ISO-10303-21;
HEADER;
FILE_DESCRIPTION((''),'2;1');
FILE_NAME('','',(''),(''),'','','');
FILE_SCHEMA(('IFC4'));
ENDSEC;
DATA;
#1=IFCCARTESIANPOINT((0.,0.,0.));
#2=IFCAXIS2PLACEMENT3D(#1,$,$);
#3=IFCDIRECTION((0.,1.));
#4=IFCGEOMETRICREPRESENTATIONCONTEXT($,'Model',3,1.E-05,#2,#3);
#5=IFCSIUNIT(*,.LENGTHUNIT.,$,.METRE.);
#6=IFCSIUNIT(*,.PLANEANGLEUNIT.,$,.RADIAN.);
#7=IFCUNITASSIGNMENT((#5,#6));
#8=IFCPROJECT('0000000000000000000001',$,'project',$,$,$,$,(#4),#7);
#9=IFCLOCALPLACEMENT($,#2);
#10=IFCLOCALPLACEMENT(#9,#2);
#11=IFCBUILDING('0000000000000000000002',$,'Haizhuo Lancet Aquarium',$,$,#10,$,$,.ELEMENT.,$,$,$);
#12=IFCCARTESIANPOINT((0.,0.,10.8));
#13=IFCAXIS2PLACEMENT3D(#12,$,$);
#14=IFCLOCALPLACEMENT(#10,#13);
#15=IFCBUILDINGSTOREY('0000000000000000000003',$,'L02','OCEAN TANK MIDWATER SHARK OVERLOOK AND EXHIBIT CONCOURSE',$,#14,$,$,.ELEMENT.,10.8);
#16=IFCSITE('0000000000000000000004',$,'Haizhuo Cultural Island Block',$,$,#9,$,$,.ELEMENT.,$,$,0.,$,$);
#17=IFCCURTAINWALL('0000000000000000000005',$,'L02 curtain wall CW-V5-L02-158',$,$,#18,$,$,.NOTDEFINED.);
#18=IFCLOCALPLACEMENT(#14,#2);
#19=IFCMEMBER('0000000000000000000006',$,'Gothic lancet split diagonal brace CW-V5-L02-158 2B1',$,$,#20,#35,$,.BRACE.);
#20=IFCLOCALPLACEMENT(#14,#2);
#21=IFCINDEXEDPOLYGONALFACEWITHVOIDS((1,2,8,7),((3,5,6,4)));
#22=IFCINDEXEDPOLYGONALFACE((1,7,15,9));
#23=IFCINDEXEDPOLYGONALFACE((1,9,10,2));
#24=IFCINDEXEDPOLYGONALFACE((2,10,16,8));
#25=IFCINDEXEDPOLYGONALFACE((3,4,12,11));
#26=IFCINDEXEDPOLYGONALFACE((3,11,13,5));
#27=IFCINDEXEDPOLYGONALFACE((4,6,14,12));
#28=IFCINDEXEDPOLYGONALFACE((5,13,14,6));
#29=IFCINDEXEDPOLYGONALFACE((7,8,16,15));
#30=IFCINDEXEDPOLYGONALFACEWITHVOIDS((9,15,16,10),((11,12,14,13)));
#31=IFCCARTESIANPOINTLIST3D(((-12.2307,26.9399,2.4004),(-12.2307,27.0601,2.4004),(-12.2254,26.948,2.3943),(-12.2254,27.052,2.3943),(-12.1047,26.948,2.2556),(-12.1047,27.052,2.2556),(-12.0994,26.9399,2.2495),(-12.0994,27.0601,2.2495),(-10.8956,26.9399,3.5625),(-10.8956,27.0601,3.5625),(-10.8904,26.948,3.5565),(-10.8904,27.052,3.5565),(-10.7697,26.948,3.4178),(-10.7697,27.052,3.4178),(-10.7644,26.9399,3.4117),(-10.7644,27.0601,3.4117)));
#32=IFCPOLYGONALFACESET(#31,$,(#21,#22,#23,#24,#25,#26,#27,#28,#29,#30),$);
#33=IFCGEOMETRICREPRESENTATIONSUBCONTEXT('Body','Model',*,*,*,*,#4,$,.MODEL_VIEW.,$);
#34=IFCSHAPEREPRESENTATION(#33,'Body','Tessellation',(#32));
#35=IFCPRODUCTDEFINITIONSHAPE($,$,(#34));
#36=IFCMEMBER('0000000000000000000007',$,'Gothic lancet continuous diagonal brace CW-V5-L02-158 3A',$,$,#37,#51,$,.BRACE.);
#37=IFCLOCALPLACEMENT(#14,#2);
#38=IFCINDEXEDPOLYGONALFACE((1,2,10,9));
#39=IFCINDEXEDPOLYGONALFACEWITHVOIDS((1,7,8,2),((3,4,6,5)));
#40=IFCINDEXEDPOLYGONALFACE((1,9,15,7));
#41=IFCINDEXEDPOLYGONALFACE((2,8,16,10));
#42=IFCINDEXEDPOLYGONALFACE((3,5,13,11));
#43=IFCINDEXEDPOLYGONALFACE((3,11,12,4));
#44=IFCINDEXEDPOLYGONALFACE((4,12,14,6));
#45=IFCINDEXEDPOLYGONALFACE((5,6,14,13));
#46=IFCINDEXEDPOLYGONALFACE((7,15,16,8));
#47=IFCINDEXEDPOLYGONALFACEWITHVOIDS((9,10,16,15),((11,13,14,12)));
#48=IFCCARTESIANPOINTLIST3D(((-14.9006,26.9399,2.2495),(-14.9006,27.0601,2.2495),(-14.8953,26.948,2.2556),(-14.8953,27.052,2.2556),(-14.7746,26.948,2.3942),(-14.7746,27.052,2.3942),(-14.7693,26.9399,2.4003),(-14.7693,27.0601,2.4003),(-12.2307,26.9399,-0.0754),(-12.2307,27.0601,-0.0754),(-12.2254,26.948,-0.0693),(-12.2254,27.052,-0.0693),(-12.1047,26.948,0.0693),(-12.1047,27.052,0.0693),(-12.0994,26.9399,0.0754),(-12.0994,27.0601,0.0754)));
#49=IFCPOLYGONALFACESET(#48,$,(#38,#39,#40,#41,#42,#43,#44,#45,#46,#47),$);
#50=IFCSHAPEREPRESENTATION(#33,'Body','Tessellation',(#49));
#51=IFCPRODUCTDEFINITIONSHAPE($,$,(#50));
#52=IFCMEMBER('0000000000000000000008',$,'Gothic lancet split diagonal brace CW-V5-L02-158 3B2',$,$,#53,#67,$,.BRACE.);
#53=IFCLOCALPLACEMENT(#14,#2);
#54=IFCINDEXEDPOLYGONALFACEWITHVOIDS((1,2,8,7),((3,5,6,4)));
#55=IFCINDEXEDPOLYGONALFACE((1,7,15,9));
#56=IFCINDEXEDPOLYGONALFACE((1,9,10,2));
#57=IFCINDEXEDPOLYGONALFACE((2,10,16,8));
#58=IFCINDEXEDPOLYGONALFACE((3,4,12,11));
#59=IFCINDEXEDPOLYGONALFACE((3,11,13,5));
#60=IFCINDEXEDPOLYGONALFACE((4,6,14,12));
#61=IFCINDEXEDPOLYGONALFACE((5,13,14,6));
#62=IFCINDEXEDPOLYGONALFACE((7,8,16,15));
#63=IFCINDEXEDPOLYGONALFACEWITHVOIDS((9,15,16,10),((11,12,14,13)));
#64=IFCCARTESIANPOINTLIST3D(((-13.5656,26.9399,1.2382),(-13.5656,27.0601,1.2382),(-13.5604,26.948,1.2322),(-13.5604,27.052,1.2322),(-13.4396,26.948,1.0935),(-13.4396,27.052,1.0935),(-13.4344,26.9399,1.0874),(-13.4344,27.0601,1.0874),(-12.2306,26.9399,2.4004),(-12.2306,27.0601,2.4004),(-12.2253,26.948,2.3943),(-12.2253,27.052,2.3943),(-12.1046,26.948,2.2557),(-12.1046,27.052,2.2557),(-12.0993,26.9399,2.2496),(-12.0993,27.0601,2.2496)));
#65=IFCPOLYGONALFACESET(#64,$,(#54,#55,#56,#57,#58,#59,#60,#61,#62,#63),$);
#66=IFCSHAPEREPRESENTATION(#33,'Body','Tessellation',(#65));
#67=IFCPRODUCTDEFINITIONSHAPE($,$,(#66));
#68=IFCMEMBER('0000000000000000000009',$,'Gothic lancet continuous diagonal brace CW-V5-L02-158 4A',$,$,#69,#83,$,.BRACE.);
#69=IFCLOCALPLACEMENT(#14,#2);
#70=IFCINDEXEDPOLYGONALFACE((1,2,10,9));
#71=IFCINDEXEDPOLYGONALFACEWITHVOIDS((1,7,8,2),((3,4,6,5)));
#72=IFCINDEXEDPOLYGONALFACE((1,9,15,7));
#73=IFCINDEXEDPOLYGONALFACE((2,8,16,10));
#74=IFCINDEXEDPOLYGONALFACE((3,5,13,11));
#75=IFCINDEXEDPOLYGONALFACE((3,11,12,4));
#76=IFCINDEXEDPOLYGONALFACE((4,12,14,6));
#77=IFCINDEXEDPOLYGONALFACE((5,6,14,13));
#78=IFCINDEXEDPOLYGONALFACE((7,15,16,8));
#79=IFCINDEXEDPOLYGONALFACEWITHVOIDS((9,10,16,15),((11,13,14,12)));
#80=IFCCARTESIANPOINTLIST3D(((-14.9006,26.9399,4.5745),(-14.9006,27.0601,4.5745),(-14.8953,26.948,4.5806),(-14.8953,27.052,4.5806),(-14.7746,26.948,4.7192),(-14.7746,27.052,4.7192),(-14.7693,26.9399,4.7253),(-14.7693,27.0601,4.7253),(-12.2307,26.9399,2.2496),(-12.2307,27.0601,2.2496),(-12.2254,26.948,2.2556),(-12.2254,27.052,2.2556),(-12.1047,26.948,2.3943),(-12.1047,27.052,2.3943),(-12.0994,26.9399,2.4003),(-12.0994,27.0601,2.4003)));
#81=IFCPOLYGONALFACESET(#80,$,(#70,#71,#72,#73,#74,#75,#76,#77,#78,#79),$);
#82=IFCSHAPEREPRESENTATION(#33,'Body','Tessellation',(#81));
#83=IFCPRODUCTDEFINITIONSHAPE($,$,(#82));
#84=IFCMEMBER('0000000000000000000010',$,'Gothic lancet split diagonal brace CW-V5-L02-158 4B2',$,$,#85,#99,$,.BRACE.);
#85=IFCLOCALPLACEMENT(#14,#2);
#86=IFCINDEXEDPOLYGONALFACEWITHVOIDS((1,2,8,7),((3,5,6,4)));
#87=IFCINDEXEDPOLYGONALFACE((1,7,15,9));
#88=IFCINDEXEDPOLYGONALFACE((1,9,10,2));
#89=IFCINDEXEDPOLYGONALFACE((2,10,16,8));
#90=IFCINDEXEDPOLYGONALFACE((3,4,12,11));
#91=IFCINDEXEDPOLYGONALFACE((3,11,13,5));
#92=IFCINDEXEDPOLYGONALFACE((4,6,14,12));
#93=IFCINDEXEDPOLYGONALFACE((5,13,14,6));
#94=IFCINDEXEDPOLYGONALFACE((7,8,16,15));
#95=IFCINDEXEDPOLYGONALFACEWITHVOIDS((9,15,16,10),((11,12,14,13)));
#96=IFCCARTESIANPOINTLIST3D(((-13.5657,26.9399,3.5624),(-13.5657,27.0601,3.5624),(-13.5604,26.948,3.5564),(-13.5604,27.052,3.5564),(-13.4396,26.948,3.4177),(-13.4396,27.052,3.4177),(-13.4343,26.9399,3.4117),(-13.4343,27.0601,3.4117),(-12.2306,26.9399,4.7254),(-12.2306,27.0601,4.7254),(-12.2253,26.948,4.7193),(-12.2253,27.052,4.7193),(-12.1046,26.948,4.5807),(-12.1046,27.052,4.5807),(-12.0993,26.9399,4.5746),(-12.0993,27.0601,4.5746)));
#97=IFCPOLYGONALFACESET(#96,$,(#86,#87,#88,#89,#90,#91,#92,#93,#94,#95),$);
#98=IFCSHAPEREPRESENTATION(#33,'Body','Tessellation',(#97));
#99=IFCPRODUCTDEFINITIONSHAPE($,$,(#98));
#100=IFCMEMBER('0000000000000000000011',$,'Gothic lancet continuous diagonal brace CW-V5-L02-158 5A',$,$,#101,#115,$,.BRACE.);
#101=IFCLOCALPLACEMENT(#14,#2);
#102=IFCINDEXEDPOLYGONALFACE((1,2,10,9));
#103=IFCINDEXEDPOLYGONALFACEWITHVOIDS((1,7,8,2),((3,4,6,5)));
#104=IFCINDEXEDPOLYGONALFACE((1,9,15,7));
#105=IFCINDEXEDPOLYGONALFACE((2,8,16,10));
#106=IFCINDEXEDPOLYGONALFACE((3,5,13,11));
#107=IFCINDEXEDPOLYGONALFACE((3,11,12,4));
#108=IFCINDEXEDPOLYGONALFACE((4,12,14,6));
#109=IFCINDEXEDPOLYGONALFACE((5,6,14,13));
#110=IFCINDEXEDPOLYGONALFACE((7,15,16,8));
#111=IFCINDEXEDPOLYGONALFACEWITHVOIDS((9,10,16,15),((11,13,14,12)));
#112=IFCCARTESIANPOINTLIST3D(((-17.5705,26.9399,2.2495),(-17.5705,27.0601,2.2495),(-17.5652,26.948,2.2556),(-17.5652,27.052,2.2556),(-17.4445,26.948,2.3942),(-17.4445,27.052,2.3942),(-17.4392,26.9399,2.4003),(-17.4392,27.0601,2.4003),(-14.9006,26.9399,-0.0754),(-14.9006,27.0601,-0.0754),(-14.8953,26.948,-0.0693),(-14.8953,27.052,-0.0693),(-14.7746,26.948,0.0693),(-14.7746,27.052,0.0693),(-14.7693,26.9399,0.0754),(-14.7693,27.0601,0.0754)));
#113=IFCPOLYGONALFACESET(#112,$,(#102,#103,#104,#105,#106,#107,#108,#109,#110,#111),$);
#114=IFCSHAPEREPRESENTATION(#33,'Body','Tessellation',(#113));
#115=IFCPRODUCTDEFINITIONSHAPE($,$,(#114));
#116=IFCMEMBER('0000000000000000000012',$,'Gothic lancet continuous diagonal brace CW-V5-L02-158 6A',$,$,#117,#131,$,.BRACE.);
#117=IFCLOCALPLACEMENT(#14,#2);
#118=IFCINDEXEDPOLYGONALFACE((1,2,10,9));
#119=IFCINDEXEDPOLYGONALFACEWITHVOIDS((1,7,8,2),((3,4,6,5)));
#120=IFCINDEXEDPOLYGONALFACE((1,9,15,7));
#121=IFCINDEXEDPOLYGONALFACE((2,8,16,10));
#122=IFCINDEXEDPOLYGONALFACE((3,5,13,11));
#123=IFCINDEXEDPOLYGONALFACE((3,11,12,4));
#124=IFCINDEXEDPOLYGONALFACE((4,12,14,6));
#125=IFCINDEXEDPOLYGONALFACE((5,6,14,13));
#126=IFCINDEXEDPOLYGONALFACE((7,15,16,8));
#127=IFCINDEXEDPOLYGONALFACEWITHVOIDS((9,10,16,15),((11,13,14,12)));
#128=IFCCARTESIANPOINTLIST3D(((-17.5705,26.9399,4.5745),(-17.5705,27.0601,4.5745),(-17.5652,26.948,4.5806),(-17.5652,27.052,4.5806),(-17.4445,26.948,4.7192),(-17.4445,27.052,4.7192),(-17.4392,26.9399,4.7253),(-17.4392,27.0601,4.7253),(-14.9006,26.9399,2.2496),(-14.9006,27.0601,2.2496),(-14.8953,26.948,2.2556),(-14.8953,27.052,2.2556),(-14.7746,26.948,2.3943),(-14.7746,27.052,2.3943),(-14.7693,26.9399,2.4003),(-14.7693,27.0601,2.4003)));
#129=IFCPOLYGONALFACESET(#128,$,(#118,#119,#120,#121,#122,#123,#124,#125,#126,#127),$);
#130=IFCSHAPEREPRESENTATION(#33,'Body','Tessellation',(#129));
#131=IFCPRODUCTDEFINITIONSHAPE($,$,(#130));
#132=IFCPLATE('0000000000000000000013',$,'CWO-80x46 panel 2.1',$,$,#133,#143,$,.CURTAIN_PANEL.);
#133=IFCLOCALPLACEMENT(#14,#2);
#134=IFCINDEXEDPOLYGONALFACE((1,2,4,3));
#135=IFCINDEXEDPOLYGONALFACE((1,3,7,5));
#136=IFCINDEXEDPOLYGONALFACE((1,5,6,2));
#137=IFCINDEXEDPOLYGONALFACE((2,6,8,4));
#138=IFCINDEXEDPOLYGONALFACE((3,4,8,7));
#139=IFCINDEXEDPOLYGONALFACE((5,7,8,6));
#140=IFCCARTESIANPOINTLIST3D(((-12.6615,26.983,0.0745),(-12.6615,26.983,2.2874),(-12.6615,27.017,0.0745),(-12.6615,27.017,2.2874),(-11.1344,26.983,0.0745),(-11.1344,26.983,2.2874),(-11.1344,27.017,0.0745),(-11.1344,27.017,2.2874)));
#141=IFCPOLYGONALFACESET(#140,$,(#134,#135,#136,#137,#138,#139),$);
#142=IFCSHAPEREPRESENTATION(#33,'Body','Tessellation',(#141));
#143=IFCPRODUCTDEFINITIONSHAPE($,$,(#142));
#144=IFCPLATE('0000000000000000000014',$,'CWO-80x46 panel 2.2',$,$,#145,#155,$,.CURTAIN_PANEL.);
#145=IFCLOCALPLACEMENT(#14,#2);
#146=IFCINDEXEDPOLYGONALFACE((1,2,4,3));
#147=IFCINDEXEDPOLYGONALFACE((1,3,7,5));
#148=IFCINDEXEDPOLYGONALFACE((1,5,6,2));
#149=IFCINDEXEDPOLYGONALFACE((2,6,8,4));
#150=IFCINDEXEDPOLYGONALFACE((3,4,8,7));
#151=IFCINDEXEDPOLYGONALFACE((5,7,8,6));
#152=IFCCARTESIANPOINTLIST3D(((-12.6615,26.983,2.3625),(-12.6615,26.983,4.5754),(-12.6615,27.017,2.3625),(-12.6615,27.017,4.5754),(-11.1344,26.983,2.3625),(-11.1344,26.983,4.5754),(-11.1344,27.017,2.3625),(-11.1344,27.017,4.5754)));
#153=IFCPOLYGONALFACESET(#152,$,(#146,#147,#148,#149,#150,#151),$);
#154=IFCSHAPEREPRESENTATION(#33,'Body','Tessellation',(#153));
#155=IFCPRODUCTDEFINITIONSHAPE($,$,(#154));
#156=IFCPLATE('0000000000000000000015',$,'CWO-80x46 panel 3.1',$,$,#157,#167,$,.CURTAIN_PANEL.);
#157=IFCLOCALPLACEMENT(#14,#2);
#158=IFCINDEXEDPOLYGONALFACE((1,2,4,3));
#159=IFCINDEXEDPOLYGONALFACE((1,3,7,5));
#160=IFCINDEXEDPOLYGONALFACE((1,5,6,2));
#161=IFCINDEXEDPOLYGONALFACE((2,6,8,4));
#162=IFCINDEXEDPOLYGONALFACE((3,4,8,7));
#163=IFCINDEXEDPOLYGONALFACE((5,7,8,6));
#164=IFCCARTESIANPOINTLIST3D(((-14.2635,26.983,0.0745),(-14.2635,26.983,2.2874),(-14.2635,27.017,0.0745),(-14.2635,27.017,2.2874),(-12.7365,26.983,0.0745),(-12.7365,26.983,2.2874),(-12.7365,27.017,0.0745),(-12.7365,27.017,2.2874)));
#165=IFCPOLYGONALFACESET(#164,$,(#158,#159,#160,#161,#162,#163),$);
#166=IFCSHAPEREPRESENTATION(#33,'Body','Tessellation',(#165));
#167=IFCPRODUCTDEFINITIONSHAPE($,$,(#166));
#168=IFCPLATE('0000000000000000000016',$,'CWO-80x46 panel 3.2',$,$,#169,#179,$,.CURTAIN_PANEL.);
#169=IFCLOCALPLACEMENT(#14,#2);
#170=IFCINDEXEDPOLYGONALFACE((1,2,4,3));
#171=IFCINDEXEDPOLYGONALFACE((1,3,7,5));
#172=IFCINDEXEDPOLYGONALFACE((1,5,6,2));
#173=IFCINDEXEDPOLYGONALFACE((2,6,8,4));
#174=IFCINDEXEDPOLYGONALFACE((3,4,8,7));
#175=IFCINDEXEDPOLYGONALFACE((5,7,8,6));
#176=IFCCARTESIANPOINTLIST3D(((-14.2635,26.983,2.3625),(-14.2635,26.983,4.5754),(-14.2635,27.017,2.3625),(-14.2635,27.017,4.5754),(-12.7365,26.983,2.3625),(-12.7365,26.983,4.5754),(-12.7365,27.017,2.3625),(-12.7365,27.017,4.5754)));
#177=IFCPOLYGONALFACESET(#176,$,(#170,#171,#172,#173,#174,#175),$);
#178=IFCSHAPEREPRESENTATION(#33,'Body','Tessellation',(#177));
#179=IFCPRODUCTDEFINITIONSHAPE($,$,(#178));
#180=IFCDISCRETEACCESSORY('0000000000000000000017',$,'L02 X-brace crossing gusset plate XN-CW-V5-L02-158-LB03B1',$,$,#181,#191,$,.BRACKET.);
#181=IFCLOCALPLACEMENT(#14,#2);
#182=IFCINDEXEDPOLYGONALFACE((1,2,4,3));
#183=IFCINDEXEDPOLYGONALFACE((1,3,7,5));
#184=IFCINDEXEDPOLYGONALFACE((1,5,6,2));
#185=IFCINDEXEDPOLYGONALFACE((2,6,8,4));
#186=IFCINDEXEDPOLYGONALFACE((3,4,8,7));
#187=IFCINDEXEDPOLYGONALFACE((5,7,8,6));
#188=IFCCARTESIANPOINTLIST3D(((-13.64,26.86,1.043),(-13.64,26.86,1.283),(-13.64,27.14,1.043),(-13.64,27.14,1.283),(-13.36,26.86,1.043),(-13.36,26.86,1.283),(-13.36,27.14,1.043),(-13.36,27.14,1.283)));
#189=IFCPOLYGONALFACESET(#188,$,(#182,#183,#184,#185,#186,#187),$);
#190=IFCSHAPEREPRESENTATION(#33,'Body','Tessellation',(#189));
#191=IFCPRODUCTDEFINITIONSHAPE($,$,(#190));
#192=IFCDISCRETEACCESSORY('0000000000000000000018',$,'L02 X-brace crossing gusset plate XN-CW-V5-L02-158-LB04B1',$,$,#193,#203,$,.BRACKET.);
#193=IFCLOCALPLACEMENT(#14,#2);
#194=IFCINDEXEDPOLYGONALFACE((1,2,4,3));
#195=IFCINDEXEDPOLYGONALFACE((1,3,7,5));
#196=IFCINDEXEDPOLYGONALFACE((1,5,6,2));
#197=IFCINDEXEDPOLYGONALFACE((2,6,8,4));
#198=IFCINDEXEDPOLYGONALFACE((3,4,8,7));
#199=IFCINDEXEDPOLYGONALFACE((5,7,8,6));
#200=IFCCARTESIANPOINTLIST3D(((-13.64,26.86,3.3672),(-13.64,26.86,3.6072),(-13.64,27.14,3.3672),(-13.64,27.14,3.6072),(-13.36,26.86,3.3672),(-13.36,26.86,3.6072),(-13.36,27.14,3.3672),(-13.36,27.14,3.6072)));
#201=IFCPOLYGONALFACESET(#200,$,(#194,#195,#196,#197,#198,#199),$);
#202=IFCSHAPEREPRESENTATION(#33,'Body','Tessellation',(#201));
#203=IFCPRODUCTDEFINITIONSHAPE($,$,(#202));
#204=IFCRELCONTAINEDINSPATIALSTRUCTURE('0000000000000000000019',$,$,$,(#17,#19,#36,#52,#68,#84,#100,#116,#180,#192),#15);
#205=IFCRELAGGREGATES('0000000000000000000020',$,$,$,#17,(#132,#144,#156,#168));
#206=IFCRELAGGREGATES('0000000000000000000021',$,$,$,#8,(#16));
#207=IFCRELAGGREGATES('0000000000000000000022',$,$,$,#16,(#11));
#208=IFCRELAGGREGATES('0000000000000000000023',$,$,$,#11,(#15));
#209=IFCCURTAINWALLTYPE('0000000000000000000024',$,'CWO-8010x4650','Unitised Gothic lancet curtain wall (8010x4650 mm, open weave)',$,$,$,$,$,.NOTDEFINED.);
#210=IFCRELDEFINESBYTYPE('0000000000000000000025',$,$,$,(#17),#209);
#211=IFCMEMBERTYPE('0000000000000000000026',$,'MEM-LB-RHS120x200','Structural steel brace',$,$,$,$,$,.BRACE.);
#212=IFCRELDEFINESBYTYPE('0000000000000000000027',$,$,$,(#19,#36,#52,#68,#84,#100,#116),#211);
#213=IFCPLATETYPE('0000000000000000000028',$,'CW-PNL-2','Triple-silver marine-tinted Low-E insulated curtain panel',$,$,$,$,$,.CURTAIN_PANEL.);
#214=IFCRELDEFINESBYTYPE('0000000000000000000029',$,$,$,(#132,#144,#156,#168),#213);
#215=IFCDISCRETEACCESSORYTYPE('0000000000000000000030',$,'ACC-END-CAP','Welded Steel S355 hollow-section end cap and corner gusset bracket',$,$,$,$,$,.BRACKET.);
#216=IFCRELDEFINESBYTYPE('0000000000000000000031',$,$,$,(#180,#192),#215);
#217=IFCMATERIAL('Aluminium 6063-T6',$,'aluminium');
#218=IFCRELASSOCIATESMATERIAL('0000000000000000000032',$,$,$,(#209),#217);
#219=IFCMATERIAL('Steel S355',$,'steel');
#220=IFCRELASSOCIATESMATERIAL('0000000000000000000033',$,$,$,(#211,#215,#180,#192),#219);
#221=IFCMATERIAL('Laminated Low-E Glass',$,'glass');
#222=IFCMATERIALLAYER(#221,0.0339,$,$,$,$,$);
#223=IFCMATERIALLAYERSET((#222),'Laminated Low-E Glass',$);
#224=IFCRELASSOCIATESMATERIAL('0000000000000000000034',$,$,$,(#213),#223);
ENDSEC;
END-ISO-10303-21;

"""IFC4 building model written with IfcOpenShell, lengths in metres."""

from ifc_helpers import new_model, si_unit, direction, frame, origin, origin_2d, place, context, subcontext, project, spatial, rectangle, hollow_rectangle, extrude, material, layer, layer_set, material_profile, profile_set, type_object, element, aggregate, save


model = new_model("IFC4")

# Units and contexts
model_context = context("Model", 3, precision=1e-05, world=origin(), true_north=direction((0.0, 1.0)))
body_context = subcontext(model_context, "Body", "Model", "MODEL_VIEW")
ifc_project = project(units=[si_unit("LENGTHUNIT", "METRE"), si_unit("PLANEANGLEUNIT", "RADIAN")], contexts=[model_context])

# Site, building, storey
site_placement = place(None, origin())
site = spatial("IfcSite", under=ifc_project, at=site_placement, Name="Haizhuo Cultural Island Block", CompositionType="ELEMENT", RefElevation=0.0)
building_placement = place(site_placement, origin())
building = spatial("IfcBuilding", under=site, at=building_placement, Name="Haizhuo Lancet Aquarium", CompositionType="ELEMENT")
storey_placement = place(building_placement, frame((0.0, 0.0, 10.8)))
storey = spatial("IfcBuildingStorey", under=building, at=storey_placement, Name="L02", Description="OCEAN TANK MIDWATER SHARK OVERLOOK AND EXHIBIT CONCOURSE", CompositionType="ELEMENT", Elevation=10.8)

# Curtain wall
ifc_material_1 = material(Name="Aluminium 6063-T6", Category="aluminium")
curtain_wall_type = type_object("IfcCurtainWallType", Name="CWO-8010x4650", Description="Unitised Gothic lancet curtain wall (8010x4650 mm, open weave)", PredefinedType="NOTDEFINED", material=ifc_material_1)
curtain_wall_placement = place(storey_placement, origin())
curtain_wall = element("IfcCurtainWall", 1, at=curtain_wall_placement, inside=storey, type_object=curtain_wall_type, Name="L02 curtain wall CW-V5-L02-158", PredefinedType="NOTDEFINED")

# Members
ifc_material_2 = material(Name="Steel S355", Category="steel")
ifc_material_profile_1 = material_profile(ifc_material_2, hollow_rectangle(XDim=0.1201, YDim=0.2, WallThickness=0.0081, at=origin_2d()), Name="RHS 120x200x8")
ifc_profile_set_1 = profile_set([ifc_material_profile_1], Name="Steel S355")
member_type_1 = type_object("IfcMemberType", Name="MEM-LB-RHS120x200", Description="Structural steel brace", PredefinedType="BRACE", material=ifc_profile_set_1)
member_1_placement = place(storey_placement, frame((-12.165, 27.0, 2.325), z_axis=(0.754249, 0.0, 0.656588), x_axis=(0.0, 1.0, 0.0)))
element("IfcMember", 2, at=member_1_placement, inside=storey, type_object=member_type_1, Name="Gothic lancet split diagonal brace CW-V5-L02-158 2B1", PredefinedType="BRACE", context=body_context, shape_type="SweptSolid", body=[
    extrude(hollow_rectangle(XDim=0.1201, YDim=0.2, WallThickness=0.0081, at=origin_2d()), origin(), (0.0, 0.0, 1.0), 1.77),
])
member_2_placement = place(storey_placement, frame((-12.165, 27.0, 0.0), z_axis=(-0.754147, 0.0, 0.656706), x_axis=(0.0, -1.0, 0.0)))
element("IfcMember", 3, at=member_2_placement, inside=storey, type_object=member_type_1, Name="Gothic lancet continuous diagonal brace CW-V5-L02-158 3A", PredefinedType="BRACE", context=body_context, shape_type="SweptSolid", body=[
    extrude(hollow_rectangle(XDim=0.1201, YDim=0.2, WallThickness=0.0081, at=origin_2d()), origin(), (0.0, 0.0, 1.0), 3.5403),
])
member_3_placement = place(storey_placement, frame((-13.5, 27.0, 1.1628), z_axis=(0.754249, 0.0, 0.656588), x_axis=(0.0, 1.0, 0.0)))
element("IfcMember", 4, at=member_3_placement, inside=storey, type_object=member_type_1, Name="Gothic lancet split diagonal brace CW-V5-L02-158 3B2", PredefinedType="BRACE", context=body_context, shape_type="SweptSolid", body=[
    extrude(hollow_rectangle(XDim=0.1201, YDim=0.2, WallThickness=0.0081, at=origin_2d()), origin(), (0.0, 0.0, 1.0), 1.77),
])
member_4_placement = place(storey_placement, frame((-12.165, 27.0, 2.325), z_axis=(-0.754147, 0.0, 0.656706), x_axis=(0.0, -1.0, 0.0)))
element("IfcMember", 5, at=member_4_placement, inside=storey, type_object=member_type_1, Name="Gothic lancet continuous diagonal brace CW-V5-L02-158 4A", PredefinedType="BRACE", context=body_context, shape_type="SweptSolid", body=[
    extrude(hollow_rectangle(XDim=0.1201, YDim=0.2, WallThickness=0.0081, at=origin_2d()), origin(), (0.0, 0.0, 1.0), 3.5403),
])
member_5_placement = place(storey_placement, frame((-13.5, 27.0, 3.4871), z_axis=(0.754044, 0.0, 0.656824), x_axis=(0.0, 1.0, 0.0)))
element("IfcMember", 6, at=member_5_placement, inside=storey, type_object=member_type_1, Name="Gothic lancet split diagonal brace CW-V5-L02-158 4B2", PredefinedType="BRACE", context=body_context, shape_type="SweptSolid", body=[
    extrude(hollow_rectangle(XDim=0.1201, YDim=0.2, WallThickness=0.0081, at=origin_2d()), origin(), (0.0, 0.0, 1.0), 1.7705),
])
for number, where, z_axis, x_axis, name in (
    (7, (-14.835, 27.0, 0.0), (-0.754147, 0.0, 0.656706), (0.0, -1.0, 0.0), "Gothic lancet continuous diagonal brace CW-V5-L02-158 5A"),
    (8, (-14.835, 27.0, 2.325), (-0.754147, 0.0, 0.656706), (0.0, -1.0, 0.0), "Gothic lancet continuous diagonal brace CW-V5-L02-158 6A"),
):
    element("IfcMember", number, at=place(storey_placement, frame(where, z_axis=z_axis, x_axis=x_axis)), inside=storey, type_object=member_type_1, Name=name, PredefinedType="BRACE", context=body_context, shape_type="SweptSolid", body=[
        extrude(hollow_rectangle(XDim=0.1201, YDim=0.2, WallThickness=0.0081, at=origin_2d()), origin(), (0.0, 0.0, 1.0), 3.5403),
    ])

# Plates
ifc_material_3 = material(Name="Laminated Low-E Glass", Category="glass")
ifc_layer = layer(ifc_material_3, 0.0339)
ifc_layer_set = layer_set([ifc_layer], Name="Laminated Low-E Glass")
plate_type = type_object("IfcPlateType", Name="CW-PNL-2", Description="Triple-silver marine-tinted Low-E insulated curtain panel", PredefinedType="CURTAIN_PANEL", material=ifc_layer_set)
plate_1_placement = place(storey_placement, frame((-11.8979, 27.0, 0.0745), z_axis=(0.0, 0.0, 1.0), x_axis=(-1.0, 0.0, 0.0)))
plate_1 = element("IfcPlate", 9, at=plate_1_placement, type_object=plate_type, Name="CWO-80x46 panel 2.1", PredefinedType="CURTAIN_PANEL", context=body_context, shape_type="SweptSolid", body=[
    extrude(rectangle(XDim=1.5271, YDim=0.0339, at=origin_2d()), origin(), (0.0, 0.0, 1.0), 2.2129),
])
plate_2_placement = place(storey_placement, frame((-11.8979, 27.0, 2.3625), z_axis=(0.0, 0.0, 1.0), x_axis=(-1.0, 0.0, 0.0)))
plate_2 = element("IfcPlate", 10, at=plate_2_placement, type_object=plate_type, Name="CWO-80x46 panel 2.2", PredefinedType="CURTAIN_PANEL", context=body_context, shape_type="SweptSolid", body=[
    extrude(rectangle(XDim=1.5271, YDim=0.0339, at=origin_2d()), origin(), (0.0, 0.0, 1.0), 2.2129),
])
plate_3_placement = place(storey_placement, frame((-13.5, 27.0, 0.0745), z_axis=(0.0, 0.0, 1.0), x_axis=(-1.0, 0.0, 0.0)))
plate_3 = element("IfcPlate", 11, at=plate_3_placement, type_object=plate_type, Name="CWO-80x46 panel 3.1", PredefinedType="CURTAIN_PANEL", context=body_context, shape_type="SweptSolid", body=[
    extrude(rectangle(XDim=1.5271, YDim=0.0339, at=origin_2d()), origin(), (0.0, 0.0, 1.0), 2.2129),
])
plate_4_placement = place(storey_placement, frame((-13.5, 27.0, 2.3625), z_axis=(0.0, 0.0, 1.0), x_axis=(-1.0, 0.0, 0.0)))
plate_4 = element("IfcPlate", 12, at=plate_4_placement, type_object=plate_type, Name="CWO-80x46 panel 3.2", PredefinedType="CURTAIN_PANEL", context=body_context, shape_type="SweptSolid", body=[
    extrude(rectangle(XDim=1.5271, YDim=0.0339, at=origin_2d()), origin(), (0.0, 0.0, 1.0), 2.2129),
])
aggregate(curtain_wall, [plate_1, plate_2, plate_3, plate_4])

# Discrete accessories
discrete_accessory_type = type_object("IfcDiscreteAccessoryType", Name="ACC-END-CAP", Description="Welded Steel S355 hollow-section end cap and corner gusset bracket", PredefinedType="BRACKET", material=ifc_material_2)
for number, where, z_axis, x_axis, name in (
    (13, (-13.5, 27.0, 1.043), (0.0, 0.0, 1.0), (1.0, 0.0, 0.0), "L02 X-brace crossing gusset plate XN-CW-V5-L02-158-LB03B1"),
    (14, (-13.5, 27.0, 3.3672), (0.0, 0.0, 1.0), (1.0, 0.0, 0.0), "L02 X-brace crossing gusset plate XN-CW-V5-L02-158-LB04B1"),
):
    element("IfcDiscreteAccessory", number, at=place(storey_placement, frame(where, z_axis=z_axis, x_axis=x_axis)), inside=storey, type_object=discrete_accessory_type, material=ifc_material_2, Name=name, PredefinedType="BRACKET", context=body_context, shape_type="SweptSolid", body=[
        extrude(rectangle(XDim=0.28, YDim=0.28, at=origin_2d()), origin(), (0.0, 0.0, 1.0), 0.24),
    ])

save(model, "model.ifc")
